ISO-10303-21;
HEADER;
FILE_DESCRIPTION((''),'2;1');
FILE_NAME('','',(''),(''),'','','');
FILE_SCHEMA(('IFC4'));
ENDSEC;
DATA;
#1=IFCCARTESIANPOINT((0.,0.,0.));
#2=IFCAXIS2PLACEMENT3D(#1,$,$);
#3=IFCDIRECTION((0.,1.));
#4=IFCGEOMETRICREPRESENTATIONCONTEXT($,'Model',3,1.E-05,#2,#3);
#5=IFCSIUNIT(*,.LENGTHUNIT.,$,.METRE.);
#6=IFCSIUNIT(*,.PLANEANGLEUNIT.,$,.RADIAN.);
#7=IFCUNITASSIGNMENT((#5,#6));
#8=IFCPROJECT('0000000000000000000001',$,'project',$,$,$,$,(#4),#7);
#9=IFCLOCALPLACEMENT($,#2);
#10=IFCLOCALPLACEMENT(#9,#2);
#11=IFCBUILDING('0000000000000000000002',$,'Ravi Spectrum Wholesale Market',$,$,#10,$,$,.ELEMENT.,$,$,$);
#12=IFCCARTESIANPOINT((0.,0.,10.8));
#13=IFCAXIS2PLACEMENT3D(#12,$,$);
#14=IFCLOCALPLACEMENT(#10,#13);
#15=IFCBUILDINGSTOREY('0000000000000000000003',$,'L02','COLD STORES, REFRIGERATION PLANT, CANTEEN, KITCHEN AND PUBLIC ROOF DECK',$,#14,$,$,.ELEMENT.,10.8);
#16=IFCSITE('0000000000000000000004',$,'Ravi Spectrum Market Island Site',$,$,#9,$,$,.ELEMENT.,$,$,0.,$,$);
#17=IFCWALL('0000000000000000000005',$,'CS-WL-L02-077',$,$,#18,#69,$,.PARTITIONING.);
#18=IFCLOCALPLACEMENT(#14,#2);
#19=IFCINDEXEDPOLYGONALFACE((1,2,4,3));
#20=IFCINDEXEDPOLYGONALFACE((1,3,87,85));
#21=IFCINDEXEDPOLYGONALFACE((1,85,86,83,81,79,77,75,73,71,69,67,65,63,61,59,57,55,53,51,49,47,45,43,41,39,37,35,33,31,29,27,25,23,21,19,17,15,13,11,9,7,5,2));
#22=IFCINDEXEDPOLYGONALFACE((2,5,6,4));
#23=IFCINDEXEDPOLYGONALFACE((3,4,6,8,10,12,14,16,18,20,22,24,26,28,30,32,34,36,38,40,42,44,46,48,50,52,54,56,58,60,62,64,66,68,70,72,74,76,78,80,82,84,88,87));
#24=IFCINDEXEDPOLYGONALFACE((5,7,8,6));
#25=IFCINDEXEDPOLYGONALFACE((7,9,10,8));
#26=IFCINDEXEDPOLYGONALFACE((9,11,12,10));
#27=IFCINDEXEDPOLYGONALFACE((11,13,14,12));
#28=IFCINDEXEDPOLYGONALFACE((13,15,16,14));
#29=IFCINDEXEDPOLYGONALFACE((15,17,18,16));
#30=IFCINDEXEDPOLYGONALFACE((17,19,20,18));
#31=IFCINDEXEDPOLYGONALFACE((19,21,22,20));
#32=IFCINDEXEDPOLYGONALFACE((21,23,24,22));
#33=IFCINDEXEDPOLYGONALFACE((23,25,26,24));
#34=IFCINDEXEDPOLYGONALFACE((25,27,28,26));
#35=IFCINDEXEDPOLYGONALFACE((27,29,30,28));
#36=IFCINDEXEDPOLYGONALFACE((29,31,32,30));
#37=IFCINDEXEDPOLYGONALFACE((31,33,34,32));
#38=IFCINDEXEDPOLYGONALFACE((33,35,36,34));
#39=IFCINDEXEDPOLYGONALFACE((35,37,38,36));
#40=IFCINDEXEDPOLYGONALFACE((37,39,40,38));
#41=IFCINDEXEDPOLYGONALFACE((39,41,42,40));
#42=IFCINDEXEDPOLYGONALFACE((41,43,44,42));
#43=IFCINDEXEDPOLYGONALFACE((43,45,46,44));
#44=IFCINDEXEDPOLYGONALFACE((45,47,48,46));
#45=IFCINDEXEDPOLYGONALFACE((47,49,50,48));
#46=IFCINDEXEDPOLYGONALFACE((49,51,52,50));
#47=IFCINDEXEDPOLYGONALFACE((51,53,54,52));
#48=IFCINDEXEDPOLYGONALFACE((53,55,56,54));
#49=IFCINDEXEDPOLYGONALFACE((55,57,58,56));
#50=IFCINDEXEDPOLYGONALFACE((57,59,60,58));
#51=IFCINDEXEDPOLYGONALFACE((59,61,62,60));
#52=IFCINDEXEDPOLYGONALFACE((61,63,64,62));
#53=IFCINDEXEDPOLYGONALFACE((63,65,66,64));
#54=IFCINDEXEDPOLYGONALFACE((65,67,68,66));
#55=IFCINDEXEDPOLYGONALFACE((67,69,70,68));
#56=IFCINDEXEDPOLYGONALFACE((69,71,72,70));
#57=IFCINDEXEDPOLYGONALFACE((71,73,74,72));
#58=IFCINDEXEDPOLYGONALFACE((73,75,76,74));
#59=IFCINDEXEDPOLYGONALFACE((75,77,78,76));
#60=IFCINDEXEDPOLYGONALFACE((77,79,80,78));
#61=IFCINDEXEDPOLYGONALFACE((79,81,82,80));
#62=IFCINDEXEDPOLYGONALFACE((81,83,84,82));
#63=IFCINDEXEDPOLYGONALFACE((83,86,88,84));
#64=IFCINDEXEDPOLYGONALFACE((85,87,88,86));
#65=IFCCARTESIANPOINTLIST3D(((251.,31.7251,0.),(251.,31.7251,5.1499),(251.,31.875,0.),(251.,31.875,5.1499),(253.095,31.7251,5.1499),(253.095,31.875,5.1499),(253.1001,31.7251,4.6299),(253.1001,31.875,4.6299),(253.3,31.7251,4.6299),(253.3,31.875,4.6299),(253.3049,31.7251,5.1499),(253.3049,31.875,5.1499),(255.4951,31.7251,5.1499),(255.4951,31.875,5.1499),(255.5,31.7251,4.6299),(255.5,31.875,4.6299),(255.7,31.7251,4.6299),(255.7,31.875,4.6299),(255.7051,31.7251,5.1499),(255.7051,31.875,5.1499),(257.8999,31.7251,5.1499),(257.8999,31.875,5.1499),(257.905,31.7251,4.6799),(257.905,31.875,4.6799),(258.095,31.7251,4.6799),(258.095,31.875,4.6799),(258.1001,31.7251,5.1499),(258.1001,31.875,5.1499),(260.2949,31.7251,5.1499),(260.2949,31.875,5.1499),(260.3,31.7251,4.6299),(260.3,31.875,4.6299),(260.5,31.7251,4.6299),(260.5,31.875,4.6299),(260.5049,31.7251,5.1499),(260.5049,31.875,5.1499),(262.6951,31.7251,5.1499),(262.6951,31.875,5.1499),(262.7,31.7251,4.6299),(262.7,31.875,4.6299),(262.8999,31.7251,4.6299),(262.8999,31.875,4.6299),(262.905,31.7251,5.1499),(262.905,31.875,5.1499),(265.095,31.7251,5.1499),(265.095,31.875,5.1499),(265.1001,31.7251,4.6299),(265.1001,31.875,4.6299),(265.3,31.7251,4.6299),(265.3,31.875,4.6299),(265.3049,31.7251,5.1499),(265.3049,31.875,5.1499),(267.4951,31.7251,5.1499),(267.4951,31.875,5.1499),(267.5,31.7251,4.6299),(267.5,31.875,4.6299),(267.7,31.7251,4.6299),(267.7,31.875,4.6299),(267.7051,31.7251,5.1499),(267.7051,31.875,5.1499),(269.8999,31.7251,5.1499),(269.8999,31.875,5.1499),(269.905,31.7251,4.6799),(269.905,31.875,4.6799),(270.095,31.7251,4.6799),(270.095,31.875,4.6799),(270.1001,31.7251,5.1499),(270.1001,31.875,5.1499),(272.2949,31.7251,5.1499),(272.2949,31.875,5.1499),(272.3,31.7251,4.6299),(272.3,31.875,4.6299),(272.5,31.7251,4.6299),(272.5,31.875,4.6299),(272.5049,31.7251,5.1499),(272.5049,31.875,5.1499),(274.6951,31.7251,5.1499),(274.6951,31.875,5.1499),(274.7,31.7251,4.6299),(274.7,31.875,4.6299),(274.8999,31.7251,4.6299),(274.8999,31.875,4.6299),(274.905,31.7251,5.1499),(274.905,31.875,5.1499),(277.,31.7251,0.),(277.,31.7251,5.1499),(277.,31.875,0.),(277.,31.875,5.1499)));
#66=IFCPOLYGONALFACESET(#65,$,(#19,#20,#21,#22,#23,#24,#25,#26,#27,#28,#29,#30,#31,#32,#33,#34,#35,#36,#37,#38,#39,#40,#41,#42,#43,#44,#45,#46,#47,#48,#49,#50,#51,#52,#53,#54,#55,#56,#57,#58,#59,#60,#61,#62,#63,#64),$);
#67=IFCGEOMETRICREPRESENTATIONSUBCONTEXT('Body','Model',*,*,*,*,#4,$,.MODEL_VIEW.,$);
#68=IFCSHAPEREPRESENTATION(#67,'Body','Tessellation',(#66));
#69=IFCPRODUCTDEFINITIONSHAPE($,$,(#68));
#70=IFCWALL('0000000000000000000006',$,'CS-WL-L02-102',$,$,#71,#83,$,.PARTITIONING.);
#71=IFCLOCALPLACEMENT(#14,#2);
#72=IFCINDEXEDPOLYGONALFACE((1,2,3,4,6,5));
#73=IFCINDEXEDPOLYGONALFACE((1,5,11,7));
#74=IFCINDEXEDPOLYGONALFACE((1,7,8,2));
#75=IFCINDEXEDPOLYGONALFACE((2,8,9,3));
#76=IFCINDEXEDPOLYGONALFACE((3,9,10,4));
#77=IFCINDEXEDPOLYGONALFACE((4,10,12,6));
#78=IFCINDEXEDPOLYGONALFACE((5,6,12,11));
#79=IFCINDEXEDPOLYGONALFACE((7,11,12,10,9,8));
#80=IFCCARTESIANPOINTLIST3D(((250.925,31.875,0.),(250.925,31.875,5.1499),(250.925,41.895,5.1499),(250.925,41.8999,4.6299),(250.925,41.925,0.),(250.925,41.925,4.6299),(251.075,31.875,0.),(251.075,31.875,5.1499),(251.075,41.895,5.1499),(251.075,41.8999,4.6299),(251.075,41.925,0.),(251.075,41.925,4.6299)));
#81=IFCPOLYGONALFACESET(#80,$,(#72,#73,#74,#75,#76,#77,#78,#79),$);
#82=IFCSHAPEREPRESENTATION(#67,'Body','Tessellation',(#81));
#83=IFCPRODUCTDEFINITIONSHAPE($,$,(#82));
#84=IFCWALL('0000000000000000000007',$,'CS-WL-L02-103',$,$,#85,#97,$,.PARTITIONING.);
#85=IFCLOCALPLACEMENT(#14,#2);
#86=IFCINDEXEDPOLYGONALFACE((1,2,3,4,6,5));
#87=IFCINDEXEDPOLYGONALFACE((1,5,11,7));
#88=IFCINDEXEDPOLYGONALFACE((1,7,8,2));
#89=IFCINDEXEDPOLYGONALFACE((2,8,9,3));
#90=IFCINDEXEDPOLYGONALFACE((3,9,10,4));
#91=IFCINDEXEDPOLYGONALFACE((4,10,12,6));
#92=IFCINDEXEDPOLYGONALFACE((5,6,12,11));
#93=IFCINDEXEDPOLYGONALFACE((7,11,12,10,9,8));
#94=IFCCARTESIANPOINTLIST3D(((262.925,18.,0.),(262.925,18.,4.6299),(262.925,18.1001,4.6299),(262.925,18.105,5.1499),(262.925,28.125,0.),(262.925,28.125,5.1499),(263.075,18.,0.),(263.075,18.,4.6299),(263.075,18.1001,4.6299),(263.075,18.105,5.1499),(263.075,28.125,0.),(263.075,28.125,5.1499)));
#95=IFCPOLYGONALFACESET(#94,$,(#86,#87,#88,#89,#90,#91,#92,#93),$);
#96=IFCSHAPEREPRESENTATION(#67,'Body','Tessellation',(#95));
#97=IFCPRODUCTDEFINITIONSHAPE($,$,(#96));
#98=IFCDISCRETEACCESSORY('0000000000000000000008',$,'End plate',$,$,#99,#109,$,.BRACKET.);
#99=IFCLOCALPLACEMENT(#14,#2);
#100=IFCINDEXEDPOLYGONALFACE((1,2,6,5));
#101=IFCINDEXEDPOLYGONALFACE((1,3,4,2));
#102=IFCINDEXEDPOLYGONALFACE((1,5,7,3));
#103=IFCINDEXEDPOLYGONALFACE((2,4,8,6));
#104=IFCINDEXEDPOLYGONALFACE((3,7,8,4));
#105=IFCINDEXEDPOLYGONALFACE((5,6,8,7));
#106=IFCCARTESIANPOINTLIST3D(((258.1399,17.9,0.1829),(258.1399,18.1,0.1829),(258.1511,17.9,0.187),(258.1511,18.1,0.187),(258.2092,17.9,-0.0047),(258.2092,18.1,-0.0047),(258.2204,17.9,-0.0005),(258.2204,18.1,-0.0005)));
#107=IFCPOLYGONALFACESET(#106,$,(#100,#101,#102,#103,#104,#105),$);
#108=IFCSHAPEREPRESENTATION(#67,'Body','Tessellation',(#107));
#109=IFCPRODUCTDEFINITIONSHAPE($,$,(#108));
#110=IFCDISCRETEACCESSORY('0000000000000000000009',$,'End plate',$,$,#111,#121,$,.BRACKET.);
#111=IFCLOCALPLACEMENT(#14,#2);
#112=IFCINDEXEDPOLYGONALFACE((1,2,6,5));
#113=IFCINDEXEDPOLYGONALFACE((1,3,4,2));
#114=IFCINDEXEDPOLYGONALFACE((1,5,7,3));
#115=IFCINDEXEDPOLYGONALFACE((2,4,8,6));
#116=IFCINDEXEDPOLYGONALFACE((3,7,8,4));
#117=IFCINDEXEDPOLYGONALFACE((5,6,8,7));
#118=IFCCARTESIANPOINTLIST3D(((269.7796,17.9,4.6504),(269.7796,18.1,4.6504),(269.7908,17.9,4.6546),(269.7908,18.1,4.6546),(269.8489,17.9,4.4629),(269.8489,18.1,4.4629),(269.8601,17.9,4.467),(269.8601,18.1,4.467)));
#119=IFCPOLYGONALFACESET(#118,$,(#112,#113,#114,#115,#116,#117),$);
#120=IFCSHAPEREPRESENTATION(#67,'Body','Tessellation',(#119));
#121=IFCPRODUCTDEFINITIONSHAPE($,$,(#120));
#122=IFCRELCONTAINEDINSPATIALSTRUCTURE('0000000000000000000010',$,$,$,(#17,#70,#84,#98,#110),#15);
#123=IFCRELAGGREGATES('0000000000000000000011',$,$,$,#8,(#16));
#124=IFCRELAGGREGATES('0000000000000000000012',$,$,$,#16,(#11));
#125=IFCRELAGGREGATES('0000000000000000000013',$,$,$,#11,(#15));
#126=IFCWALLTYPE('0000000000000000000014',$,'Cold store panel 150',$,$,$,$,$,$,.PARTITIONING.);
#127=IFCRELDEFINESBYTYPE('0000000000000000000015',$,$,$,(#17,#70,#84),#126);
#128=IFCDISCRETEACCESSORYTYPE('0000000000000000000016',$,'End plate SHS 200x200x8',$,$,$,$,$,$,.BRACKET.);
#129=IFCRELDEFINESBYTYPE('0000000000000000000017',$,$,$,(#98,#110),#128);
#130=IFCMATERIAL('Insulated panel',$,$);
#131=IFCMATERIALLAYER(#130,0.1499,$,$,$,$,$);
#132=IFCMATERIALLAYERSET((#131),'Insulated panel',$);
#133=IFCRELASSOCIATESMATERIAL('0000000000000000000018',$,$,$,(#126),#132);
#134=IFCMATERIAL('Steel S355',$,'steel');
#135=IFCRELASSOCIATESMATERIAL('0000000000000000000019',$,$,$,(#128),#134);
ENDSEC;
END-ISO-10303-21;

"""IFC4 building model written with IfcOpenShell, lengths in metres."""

from ifc_helpers import new_model, si_unit, direction, frame, origin, origin_2d, place, context, subcontext, project, spatial, polyline, rectangle, outline, extrude, material, layer, layer_set, material_profile, profile_set, type_object, element, save


model = new_model("IFC4")

# Units and contexts
model_context = context("Model", 3, precision=1e-05, world=origin(), true_north=direction((0.0, 1.0)))
body_context = subcontext(model_context, "Body", "Model", "MODEL_VIEW")
ifc_project = project(units=[si_unit("LENGTHUNIT", "METRE"), si_unit("PLANEANGLEUNIT", "RADIAN")], contexts=[model_context])

# Site, building, storey
site_placement = place(None, origin())
site = spatial("IfcSite", under=ifc_project, at=site_placement, Name="Ravi Spectrum Market Island Site", CompositionType="ELEMENT", RefElevation=0.0)
building_placement = place(site_placement, origin())
building = spatial("IfcBuilding", under=site, at=building_placement, Name="Ravi Spectrum Wholesale Market", CompositionType="ELEMENT")
storey_placement = place(building_placement, frame((0.0, 0.0, 10.8)))
storey = spatial("IfcBuildingStorey", under=building, at=storey_placement, Name="L02", Description="COLD STORES, REFRIGERATION PLANT, CANTEEN, KITCHEN AND PUBLIC ROOF DECK", CompositionType="ELEMENT", Elevation=10.8)

# Shared definitions
ifc_material_1 = material(Name="Insulated panel")
ifc_layer_1 = layer(ifc_material_1, 0.1499)
ifc_layer_set_1 = layer_set([ifc_layer_1], Name="Insulated panel")
wall_type_1 = type_object("IfcWallType", Name="Cold store panel 150", PredefinedType="PARTITIONING", material=ifc_layer_set_1)

# Walls
wall_1_placement = place(storey_placement, frame((251.0, 31.8, 0.0), z_axis=(0.0, 0.0, 1.0), x_axis=(1.0, 0.0, 0.0)))
element("IfcWall", 1, at=wall_1_placement, inside=storey, type_object=wall_type_1, Name="CS-WL-L02-077", PredefinedType="PARTITIONING", context=body_context, shape_type="SweptSolid", body=[
    extrude(outline(polyline([(0.0, 0.0), (26.0, 0.0), (26.0, 5.1499), (23.905, 5.1499), (23.8999, 4.6299), (23.7, 4.6299), (23.6951, 5.1499), (21.5049, 5.1499), (21.5, 4.6299), (21.3, 4.6299), (21.2949, 5.1499), (19.1001, 5.1499), (19.095, 4.6799), (18.905, 4.6799), (18.8999, 5.1499), (16.7051, 5.1499), (16.7, 4.6299), (16.5, 4.6299), (16.4951, 5.1499), (14.3049, 5.1499), (14.3, 4.6299), (14.1001, 4.6299), (14.095, 5.1499), (11.905, 5.1499), (11.8999, 4.6299), (11.7, 4.6299), (11.6951, 5.1499), (9.5049, 5.1499), (9.5, 4.6299), (9.3, 4.6299), (9.2949, 5.1499), (7.1001, 5.1499), (7.095, 4.6799), (6.905, 4.6799), (6.8999, 5.1499), (4.7051, 5.1499), (4.7, 4.6299), (4.5, 4.6299), (4.4951, 5.1499), (2.3049, 5.1499), (2.3, 4.6299), (2.1001, 4.6299), (2.095, 5.1499), (0.0, 5.1499), (0.0, 0.0)])), frame((0.0, 0.075, 0.0), z_axis=(0.0, -1.0, 0.0), x_axis=(1.0, 0.0, 0.0)), (0.0, 0.0, 1.0), 0.1499),
])
wall_2_placement = place(storey_placement, frame((251.0, 31.875, 0.0), z_axis=(0.0, 0.0, 1.0), x_axis=(0.0, 1.0, 0.0)))
element("IfcWall", 2, at=wall_2_placement, inside=storey, type_object=wall_type_1, Name="CS-WL-L02-102", PredefinedType="PARTITIONING", context=body_context, shape_type="SweptSolid", body=[
    extrude(outline(polyline([(0.0, 0.0), (10.05, 0.0), (10.05, 4.6299), (10.0249, 4.6299), (10.02, 5.1499), (0.0, 5.1499), (0.0, 0.0)])), frame((0.0, 0.075, 0.0), z_axis=(0.0, -1.0, 0.0), x_axis=(1.0, 0.0, 0.0)), (0.0, 0.0, 1.0), 0.1499),
])
wall_3_placement = place(storey_placement, frame((263.0, 18.0, 0.0), z_axis=(0.0, 0.0, 1.0), x_axis=(0.0, 1.0, 0.0)))
element("IfcWall", 3, at=wall_3_placement, inside=storey, type_object=wall_type_1, Name="CS-WL-L02-103", PredefinedType="PARTITIONING", context=body_context, shape_type="SweptSolid", body=[
    extrude(outline(polyline([(0.0, 0.0), (10.125, 0.0), (10.125, 5.1499), (0.105, 5.1499), (0.1001, 4.6299), (0.0, 4.6299), (0.0, 0.0)])), frame((0.0, 0.075, 0.0), z_axis=(0.0, -1.0, 0.0), x_axis=(1.0, 0.0, 0.0)), (0.0, 0.0, 1.0), 0.1499),
])

# Discrete accessories
ifc_material_2 = material(Name="Steel S355", Category="steel")
ifc_material_profile_1 = material_profile(ifc_material_2, rectangle(XDim=0.2, YDim=0.2, at=origin_2d()))
ifc_profile_set_1 = profile_set([ifc_material_profile_1], Name="Steel S355")
discrete_accessory_type = type_object("IfcDiscreteAccessoryType", Name="End plate SHS 200x200x8", PredefinedType="BRACKET", material=ifc_profile_set_1)
for number, where, z_axis, x_axis, name in (
    (4, (258.1858, 18.0, 0.0933), (-0.937994, 0.0, -0.34665), (0.0, -1.0, 0.0), "End plate"),
    (5, (269.8142, 18.0, 4.5566), (0.937994, 0.0, 0.34665), (0.0, 1.0, 0.0), "End plate"),
):
    element("IfcDiscreteAccessory", number, at=place(storey_placement, frame(where, z_axis=z_axis, x_axis=x_axis)), inside=storey, type_object=discrete_accessory_type, Name=name, PredefinedType="BRACKET", context=body_context, shape_type="SweptSolid", body=[
        extrude(rectangle(XDim=0.2, YDim=0.2, at=origin_2d()), origin(), (0.0, 0.0, 1.0), 0.012),
    ])

save(model, "model.ifc")
